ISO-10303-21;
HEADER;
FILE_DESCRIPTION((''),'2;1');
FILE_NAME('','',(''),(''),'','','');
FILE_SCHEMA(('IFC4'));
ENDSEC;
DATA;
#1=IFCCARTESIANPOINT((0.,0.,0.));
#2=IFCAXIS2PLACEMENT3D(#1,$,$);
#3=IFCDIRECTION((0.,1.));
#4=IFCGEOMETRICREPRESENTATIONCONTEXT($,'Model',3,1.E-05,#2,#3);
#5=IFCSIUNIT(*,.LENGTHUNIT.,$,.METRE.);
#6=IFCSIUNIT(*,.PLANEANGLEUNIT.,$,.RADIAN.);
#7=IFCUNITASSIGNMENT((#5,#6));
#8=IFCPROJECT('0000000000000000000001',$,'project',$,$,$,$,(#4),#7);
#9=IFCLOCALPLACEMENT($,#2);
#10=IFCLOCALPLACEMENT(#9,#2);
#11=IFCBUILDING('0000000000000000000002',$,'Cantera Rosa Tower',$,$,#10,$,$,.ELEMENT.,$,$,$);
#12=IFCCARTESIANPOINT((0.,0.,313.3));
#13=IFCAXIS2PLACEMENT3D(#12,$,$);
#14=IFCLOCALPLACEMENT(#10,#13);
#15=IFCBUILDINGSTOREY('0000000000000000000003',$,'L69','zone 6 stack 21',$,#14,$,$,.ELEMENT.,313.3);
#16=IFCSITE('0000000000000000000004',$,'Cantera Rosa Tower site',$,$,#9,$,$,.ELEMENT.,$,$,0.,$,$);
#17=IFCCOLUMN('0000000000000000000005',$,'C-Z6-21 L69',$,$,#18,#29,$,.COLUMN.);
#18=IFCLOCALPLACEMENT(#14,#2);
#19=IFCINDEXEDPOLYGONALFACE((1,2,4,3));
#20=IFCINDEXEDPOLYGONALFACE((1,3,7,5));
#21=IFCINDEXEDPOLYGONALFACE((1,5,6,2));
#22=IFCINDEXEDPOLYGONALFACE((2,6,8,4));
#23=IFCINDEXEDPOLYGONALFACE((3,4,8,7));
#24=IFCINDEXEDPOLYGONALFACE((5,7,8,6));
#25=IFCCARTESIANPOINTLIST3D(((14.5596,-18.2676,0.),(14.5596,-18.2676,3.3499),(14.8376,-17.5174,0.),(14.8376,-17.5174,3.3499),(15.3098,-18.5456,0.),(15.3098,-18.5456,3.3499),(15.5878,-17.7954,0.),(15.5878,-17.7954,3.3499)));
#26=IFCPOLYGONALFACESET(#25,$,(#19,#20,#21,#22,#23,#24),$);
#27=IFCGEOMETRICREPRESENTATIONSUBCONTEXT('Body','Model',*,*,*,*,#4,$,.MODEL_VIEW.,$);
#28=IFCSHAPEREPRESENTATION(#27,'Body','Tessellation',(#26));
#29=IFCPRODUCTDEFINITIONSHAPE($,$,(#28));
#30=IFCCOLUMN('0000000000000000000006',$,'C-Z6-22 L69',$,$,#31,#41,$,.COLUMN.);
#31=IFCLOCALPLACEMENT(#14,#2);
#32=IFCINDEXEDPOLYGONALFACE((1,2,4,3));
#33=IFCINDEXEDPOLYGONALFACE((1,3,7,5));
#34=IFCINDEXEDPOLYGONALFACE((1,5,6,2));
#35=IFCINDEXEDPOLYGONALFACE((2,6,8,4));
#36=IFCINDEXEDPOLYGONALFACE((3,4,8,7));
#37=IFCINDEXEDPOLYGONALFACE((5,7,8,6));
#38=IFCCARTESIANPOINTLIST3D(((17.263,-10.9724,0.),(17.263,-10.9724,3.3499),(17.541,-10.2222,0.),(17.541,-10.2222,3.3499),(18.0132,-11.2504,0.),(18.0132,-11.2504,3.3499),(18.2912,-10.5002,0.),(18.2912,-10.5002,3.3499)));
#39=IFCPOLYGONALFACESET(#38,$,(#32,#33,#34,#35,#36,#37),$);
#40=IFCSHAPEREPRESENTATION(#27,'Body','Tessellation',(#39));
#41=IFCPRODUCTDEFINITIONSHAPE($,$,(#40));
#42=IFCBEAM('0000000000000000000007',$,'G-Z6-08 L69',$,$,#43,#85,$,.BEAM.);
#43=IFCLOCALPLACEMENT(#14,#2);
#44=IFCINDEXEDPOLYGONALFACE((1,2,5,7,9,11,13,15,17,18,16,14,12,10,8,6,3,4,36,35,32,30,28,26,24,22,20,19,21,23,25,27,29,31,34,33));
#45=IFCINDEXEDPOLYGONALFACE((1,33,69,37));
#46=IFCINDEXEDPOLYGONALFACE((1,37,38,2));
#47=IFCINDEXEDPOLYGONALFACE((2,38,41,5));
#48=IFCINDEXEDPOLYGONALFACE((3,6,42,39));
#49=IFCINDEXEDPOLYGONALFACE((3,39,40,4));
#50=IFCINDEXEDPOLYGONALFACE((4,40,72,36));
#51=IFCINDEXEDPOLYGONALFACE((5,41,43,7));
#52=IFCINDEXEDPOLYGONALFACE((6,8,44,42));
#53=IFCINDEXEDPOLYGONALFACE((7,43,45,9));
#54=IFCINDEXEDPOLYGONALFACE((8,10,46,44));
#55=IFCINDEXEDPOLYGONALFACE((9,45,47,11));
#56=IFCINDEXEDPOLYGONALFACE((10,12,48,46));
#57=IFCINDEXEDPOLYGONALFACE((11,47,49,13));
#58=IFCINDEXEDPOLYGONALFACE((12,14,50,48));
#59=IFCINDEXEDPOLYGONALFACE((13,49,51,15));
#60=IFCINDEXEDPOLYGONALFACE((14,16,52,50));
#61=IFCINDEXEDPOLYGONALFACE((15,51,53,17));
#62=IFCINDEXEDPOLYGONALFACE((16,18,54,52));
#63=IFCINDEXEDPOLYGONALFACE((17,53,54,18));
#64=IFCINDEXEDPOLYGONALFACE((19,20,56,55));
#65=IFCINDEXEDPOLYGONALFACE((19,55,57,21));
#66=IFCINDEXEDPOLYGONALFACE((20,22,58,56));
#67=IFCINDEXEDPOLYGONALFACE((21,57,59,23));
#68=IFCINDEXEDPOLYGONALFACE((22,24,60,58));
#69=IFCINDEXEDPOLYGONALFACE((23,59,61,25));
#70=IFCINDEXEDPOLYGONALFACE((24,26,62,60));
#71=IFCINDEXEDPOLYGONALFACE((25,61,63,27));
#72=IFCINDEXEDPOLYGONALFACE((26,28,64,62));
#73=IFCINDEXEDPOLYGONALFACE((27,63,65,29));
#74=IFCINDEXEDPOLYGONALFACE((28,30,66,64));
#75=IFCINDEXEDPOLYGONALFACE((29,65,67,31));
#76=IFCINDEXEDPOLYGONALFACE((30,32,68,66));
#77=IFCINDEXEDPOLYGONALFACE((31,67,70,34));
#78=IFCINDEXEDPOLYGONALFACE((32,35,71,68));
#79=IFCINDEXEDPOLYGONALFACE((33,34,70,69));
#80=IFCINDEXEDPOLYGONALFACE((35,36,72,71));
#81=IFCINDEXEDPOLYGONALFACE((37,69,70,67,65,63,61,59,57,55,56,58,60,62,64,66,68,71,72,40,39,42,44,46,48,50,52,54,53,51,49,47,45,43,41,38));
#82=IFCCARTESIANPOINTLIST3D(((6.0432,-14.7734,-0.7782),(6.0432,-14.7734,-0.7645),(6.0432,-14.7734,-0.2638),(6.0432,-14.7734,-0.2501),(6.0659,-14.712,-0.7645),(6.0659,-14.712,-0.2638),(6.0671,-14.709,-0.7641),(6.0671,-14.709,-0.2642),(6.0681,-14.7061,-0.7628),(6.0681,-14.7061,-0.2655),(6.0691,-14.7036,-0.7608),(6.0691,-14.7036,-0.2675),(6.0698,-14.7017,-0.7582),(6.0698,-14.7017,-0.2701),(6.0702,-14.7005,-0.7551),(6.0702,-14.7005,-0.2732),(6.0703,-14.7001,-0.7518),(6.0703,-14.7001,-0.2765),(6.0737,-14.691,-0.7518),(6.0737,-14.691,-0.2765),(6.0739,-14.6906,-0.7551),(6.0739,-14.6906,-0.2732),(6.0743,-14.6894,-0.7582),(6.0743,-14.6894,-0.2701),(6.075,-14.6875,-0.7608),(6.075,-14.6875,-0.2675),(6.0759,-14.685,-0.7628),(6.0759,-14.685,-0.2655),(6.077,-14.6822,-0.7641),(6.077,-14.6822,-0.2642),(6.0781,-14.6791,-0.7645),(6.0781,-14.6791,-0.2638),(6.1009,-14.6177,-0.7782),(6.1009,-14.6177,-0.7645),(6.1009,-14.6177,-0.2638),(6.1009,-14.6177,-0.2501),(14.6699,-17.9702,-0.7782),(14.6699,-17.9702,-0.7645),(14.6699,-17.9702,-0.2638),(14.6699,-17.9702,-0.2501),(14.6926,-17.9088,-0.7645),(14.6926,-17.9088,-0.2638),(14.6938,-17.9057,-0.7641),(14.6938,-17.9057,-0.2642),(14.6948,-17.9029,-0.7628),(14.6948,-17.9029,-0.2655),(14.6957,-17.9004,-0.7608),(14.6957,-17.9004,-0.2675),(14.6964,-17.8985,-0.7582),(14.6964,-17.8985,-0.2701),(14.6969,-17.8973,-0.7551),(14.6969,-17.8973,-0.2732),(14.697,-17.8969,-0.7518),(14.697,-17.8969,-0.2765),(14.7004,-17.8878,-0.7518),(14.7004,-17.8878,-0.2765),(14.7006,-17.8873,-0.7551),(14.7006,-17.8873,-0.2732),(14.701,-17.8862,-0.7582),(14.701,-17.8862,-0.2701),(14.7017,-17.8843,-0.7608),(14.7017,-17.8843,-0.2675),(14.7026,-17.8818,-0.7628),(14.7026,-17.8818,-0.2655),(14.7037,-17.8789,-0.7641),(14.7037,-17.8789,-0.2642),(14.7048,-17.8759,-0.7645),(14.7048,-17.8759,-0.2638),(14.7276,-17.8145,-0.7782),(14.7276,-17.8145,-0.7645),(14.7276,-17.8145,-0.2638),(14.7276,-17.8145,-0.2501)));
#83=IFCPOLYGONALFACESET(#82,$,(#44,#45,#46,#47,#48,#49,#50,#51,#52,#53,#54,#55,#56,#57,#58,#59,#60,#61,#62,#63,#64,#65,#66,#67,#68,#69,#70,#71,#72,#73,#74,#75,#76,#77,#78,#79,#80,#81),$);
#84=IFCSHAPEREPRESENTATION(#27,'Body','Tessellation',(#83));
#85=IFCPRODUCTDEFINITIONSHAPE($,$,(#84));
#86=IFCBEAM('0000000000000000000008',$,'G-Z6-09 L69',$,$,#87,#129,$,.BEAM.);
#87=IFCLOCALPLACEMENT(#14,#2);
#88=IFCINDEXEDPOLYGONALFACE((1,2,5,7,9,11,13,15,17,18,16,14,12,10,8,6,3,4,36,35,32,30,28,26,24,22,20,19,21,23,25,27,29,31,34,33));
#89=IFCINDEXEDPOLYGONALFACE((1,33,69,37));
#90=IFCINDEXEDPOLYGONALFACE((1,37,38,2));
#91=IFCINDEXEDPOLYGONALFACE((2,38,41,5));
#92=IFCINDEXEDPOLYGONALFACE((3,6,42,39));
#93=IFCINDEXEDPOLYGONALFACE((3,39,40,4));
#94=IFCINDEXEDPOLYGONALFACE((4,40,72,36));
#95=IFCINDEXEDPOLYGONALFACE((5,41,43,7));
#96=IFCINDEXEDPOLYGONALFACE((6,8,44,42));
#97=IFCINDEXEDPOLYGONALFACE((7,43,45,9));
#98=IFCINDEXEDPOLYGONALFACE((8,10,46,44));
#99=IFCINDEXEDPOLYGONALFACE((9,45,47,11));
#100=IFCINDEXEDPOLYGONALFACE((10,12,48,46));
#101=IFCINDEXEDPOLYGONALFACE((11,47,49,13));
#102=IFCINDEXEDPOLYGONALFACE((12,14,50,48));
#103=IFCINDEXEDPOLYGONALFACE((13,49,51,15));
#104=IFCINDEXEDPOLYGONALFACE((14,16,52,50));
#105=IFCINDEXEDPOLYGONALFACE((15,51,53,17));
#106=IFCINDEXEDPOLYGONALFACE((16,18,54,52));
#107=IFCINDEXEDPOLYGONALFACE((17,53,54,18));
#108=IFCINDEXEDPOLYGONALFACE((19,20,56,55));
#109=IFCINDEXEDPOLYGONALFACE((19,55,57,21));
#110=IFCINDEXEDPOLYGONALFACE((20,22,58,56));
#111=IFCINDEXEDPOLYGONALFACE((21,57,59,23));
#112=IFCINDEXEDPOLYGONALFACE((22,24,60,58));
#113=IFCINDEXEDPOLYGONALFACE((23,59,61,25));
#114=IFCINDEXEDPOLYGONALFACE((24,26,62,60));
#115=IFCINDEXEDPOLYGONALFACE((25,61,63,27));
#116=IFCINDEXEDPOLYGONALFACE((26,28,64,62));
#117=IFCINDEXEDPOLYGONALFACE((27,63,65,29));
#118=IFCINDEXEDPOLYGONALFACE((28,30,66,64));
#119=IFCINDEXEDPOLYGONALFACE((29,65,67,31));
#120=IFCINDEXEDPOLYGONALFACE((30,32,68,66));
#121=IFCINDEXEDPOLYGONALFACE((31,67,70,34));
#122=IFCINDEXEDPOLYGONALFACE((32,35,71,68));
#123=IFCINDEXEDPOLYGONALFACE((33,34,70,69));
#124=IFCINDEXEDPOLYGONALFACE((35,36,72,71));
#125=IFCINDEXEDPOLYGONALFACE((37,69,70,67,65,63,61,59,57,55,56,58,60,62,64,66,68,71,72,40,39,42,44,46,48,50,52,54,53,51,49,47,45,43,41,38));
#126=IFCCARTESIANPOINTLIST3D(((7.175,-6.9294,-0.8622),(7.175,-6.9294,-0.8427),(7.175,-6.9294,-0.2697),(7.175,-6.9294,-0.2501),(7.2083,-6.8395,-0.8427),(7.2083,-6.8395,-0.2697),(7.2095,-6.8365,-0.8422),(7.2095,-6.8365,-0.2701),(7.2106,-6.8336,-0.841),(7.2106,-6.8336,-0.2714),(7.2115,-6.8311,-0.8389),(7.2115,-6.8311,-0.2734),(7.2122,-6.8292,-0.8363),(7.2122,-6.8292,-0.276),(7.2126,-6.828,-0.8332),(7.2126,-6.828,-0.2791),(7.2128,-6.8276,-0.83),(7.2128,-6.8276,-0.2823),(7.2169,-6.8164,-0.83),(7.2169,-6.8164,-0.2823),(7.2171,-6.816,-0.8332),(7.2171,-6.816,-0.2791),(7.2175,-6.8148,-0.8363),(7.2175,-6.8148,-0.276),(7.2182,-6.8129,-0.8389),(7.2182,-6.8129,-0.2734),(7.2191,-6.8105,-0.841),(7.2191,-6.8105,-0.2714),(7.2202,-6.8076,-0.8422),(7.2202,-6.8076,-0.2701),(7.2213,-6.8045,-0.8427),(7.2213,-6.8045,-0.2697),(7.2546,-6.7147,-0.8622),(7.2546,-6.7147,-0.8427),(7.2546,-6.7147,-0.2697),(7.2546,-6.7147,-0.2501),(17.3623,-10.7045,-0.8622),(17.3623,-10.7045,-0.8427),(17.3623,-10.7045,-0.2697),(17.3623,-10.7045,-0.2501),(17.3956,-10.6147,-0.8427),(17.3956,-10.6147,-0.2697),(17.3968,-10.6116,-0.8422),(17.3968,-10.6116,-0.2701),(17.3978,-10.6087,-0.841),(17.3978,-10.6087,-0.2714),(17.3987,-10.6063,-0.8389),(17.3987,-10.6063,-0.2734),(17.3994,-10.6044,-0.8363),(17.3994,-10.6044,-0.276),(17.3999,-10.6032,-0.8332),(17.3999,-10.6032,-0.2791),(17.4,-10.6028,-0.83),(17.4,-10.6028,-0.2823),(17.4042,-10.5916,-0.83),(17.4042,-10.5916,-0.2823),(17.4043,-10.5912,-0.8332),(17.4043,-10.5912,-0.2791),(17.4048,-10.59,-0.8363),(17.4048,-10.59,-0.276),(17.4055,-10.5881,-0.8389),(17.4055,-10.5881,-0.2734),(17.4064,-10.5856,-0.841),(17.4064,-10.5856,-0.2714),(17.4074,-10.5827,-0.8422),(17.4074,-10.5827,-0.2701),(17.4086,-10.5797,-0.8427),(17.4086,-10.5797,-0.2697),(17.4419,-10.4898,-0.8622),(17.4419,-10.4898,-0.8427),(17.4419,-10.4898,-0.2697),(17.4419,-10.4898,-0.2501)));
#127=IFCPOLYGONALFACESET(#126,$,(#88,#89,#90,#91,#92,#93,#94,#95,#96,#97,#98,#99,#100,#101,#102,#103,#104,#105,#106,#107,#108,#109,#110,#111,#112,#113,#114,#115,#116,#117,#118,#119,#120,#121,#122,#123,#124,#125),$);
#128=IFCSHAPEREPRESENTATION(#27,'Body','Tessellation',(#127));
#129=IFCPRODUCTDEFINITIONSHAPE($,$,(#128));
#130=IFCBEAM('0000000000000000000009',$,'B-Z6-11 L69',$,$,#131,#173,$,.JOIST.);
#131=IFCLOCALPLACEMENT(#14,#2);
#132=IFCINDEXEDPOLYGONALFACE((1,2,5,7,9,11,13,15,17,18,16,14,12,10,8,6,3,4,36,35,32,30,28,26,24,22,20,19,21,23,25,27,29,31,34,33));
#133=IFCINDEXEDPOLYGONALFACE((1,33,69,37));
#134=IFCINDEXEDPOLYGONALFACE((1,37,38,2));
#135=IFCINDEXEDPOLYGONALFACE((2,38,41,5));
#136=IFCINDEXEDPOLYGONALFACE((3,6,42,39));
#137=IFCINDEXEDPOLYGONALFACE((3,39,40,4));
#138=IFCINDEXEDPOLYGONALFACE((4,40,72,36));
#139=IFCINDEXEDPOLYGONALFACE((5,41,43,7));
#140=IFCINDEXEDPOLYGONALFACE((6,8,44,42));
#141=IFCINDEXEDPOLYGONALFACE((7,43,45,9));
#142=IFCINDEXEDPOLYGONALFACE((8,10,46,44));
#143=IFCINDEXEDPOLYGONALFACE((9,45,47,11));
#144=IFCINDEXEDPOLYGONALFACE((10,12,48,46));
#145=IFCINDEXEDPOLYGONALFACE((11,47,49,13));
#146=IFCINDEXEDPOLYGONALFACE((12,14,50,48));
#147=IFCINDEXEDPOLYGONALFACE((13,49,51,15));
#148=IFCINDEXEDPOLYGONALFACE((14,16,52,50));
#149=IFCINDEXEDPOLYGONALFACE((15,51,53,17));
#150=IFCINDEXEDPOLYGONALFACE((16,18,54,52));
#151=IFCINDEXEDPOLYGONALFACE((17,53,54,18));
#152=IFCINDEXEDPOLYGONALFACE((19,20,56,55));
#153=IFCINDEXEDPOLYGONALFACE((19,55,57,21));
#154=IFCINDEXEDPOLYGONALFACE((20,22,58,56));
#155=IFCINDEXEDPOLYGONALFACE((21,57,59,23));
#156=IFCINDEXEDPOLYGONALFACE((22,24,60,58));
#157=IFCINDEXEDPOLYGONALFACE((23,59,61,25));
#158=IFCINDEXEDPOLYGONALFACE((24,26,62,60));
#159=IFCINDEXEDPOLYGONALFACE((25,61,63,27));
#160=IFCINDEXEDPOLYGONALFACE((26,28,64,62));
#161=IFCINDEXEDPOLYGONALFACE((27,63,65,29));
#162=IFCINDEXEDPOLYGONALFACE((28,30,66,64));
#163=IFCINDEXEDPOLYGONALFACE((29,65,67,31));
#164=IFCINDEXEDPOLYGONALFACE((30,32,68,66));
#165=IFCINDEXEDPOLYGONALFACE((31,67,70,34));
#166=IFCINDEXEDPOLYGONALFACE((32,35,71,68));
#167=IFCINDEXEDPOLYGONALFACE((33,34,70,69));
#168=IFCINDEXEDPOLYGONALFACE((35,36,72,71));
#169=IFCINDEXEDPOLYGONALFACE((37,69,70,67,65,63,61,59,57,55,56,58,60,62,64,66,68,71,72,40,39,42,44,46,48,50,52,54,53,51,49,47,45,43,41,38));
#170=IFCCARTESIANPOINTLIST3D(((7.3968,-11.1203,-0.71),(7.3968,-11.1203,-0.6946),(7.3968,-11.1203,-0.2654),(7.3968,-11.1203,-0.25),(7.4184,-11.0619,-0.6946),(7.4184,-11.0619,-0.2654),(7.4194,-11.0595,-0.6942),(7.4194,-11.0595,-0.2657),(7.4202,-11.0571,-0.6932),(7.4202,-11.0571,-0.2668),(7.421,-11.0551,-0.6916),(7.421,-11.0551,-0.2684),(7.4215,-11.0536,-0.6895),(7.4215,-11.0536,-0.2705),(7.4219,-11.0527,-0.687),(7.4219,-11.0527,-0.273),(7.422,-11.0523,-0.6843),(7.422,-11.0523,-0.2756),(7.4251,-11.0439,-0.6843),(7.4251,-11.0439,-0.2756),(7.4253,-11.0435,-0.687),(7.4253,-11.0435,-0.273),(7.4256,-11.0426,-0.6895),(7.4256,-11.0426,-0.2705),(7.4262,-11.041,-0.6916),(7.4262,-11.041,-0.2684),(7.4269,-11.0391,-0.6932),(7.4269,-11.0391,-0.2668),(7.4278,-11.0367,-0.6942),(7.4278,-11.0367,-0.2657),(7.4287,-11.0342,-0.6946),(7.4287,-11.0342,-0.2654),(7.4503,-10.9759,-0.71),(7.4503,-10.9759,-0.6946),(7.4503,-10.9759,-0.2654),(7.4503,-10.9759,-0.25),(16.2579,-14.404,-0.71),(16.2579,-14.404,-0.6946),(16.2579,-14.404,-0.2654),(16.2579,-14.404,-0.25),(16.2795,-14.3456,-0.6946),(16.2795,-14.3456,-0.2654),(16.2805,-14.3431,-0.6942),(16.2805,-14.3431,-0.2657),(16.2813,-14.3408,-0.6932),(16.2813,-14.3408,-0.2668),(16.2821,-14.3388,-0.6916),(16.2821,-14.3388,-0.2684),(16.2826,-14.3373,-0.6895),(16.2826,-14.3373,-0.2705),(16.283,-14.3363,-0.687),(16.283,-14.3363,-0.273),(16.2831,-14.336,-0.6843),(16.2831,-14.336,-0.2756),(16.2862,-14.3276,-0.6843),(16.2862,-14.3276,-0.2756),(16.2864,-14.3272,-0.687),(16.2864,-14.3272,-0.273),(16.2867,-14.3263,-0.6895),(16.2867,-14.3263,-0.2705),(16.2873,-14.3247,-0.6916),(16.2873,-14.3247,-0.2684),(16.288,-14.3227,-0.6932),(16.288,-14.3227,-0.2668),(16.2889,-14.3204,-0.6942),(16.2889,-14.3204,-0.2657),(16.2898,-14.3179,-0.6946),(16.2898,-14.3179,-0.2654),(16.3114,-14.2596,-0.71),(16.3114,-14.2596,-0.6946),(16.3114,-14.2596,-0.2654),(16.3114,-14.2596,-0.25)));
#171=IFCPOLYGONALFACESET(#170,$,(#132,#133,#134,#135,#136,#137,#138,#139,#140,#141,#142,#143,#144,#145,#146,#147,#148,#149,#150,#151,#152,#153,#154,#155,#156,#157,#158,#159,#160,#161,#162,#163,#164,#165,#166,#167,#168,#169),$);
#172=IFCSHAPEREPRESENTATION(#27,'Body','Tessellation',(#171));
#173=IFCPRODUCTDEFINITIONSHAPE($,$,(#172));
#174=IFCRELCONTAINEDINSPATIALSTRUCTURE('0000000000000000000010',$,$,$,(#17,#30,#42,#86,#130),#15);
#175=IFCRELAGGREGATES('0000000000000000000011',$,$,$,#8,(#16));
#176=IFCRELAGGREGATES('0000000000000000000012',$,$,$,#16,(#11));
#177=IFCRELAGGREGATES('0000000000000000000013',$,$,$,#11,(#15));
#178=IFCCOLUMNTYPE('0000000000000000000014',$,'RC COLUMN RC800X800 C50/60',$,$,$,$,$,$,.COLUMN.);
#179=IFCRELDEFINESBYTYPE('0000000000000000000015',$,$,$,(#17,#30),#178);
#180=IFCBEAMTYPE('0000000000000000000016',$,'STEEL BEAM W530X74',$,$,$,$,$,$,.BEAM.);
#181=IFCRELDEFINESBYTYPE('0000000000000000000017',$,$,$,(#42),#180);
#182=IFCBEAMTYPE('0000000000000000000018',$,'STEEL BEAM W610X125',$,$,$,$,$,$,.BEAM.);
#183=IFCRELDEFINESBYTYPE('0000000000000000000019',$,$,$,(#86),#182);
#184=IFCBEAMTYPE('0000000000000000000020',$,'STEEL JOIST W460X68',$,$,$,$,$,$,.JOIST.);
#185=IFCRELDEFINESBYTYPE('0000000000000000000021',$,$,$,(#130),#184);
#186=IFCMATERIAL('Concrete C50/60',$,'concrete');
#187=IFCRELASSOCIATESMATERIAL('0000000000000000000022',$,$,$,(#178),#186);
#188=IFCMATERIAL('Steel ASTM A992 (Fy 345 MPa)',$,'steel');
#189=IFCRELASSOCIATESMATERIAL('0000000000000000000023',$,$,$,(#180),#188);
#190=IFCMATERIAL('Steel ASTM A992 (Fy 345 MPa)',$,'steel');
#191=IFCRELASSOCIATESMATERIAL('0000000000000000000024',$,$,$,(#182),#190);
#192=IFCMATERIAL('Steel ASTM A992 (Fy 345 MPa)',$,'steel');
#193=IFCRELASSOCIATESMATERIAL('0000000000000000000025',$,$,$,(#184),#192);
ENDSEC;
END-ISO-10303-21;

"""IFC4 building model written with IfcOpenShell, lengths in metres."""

from ifc_helpers import new_model, si_unit, direction, frame, origin, origin_2d, place, context, subcontext, project, spatial, rectangle, i_section, extrude, material, material_profile, profile_set, type_object, element, save


model = new_model("IFC4")

# Units and contexts
model_context = context("Model", 3, precision=1e-05, world=origin(), true_north=direction((0.0, 1.0)))
body_context = subcontext(model_context, "Body", "Model", "MODEL_VIEW")
ifc_project = project(units=[si_unit("LENGTHUNIT", "METRE"), si_unit("PLANEANGLEUNIT", "RADIAN")], contexts=[model_context])

# Site, building, storey
site_placement = place(None, origin())
site = spatial("IfcSite", under=ifc_project, at=site_placement, Name="Cantera Rosa Tower site", CompositionType="ELEMENT", RefElevation=0.0)
building_placement = place(site_placement, origin())
building = spatial("IfcBuilding", under=site, at=building_placement, Name="Cantera Rosa Tower", CompositionType="ELEMENT")
storey_placement = place(building_placement, frame((0.0, 0.0, 313.3)))
storey = spatial("IfcBuildingStorey", under=building, at=storey_placement, Name="L69", Description="zone 6 stack 21", CompositionType="ELEMENT", Elevation=313.3)

# Columns
ifc_material_1 = material(Name="Concrete C50/60", Category="concrete")
ifc_material_profile_1 = material_profile(ifc_material_1, rectangle(XDim=0.8, YDim=0.8, at=origin_2d()), Name="RC COLUMN RC800X800 C50/60")
ifc_profile_set_1 = profile_set([ifc_material_profile_1], Name="Concrete C50/60")
column_type = type_object("IfcColumnType", Name="RC COLUMN RC800X800 C50/60", PredefinedType="COLUMN", material=ifc_profile_set_1)
for number, where, z_axis, x_axis, name in (
    (1, (15.0737, -18.0315, 0.0), (0.0, 0.0, 1.0), (0.347481, 0.937687, 0.0), "C-Z6-21 L69"),
    (2, (17.7771, -10.7363, 0.0), (0.0, 0.0, 1.0), (0.347481, 0.937687, 0.0), "C-Z6-22 L69"),
):
    element("IfcColumn", number, at=place(storey_placement, frame(where, z_axis=z_axis, x_axis=x_axis)), inside=storey, type_object=column_type, Name=name, PredefinedType="COLUMN", context=body_context, shape_type="SweptSolid", body=[
        extrude(rectangle(XDim=0.8, YDim=0.8, at=origin_2d()), origin(), (0.0, 0.0, 1.0), 3.3499),
    ])

# Beams
ifc_material_2 = material(Name="Steel ASTM A992 (Fy 345 MPa)", Category="steel")
ifc_material_profile_2 = material_profile(ifc_material_2, i_section(OverallWidth=0.166, OverallDepth=0.5281, WebThickness=0.0098, FlangeThickness=0.0137, FilletRadius=0.0127, at=origin_2d()), Name="W530X74")
ifc_profile_set_2 = profile_set([ifc_material_profile_2], Name="Steel ASTM A992 (Fy 345 MPa)")
beam_type_1 = type_object("IfcBeamType", Name="STEEL BEAM W530X74", PredefinedType="BEAM", material=ifc_profile_set_2)
beam_1_placement = place(storey_placement, frame((14.6987, -17.8923, -0.5142), z_axis=(-0.937689, 0.347477, 0.0), x_axis=(-0.347477, -0.937689, 0.0)))
element("IfcBeam", 3, at=beam_1_placement, inside=storey, type_object=beam_type_1, Name="G-Z6-08 L69", PredefinedType="BEAM", context=body_context, shape_type="SweptSolid", body=[
    extrude(i_section(OverallWidth=0.166, OverallDepth=0.5281, WebThickness=0.0098, FlangeThickness=0.0137, FilletRadius=0.0127, at=origin_2d()), origin(), (0.0, 0.0, 1.0), 9.2),
])
ifc_material_3 = material(Name="Steel ASTM A992 (Fy 345 MPa)", Category="steel")
ifc_material_profile_3 = material_profile(ifc_material_3, i_section(OverallWidth=0.229, OverallDepth=0.6121, WebThickness=0.012, FlangeThickness=0.0195, FilletRadius=0.0127, at=origin_2d()), Name="W610X125")
ifc_profile_set_3 = profile_set([ifc_material_profile_3], Name="Steel ASTM A992 (Fy 345 MPa)")
beam_type_2 = type_object("IfcBeamType", Name="STEEL BEAM W610X125", PredefinedType="BEAM", material=ifc_profile_set_3)
beam_2_placement = place(storey_placement, frame((17.4021, -10.5972, -0.5562), z_axis=(-0.937686, 0.347483, 0.0), x_axis=(-0.347483, -0.937686, 0.0)))
element("IfcBeam", 4, at=beam_2_placement, inside=storey, type_object=beam_type_2, Name="G-Z6-09 L69", PredefinedType="BEAM", context=body_context, shape_type="SweptSolid", body=[
    extrude(i_section(OverallWidth=0.229, OverallDepth=0.6121, WebThickness=0.012, FlangeThickness=0.0195, FilletRadius=0.0127, at=origin_2d()), origin(), (0.0, 0.0, 1.0), 10.8643),
])
ifc_material_4 = material(Name="Steel ASTM A992 (Fy 345 MPa)", Category="steel")
ifc_material_profile_4 = material_profile(ifc_material_4, i_section(OverallWidth=0.1541, OverallDepth=0.46, WebThickness=0.009, FlangeThickness=0.0154, FilletRadius=0.0103, at=origin_2d()), Name="W460X68")
ifc_profile_set_4 = profile_set([ifc_material_profile_4], Name="Steel ASTM A992 (Fy 345 MPa)")
beam_type_3 = type_object("IfcBeamType", Name="STEEL JOIST W460X68", PredefinedType="JOIST", material=ifc_profile_set_4)
beam_3_placement = place(storey_placement, frame((16.2847, -14.3318, -0.48), z_axis=(-0.937686, 0.347483, 0.0), x_axis=(-0.347483, -0.937686, 0.0)))
element("IfcBeam", 5, at=beam_3_placement, inside=storey, type_object=beam_type_3, Name="B-Z6-11 L69", PredefinedType="JOIST", context=body_context, shape_type="SweptSolid", body=[
    extrude(i_section(OverallWidth=0.1541, OverallDepth=0.46, WebThickness=0.009, FlangeThickness=0.0154, FilletRadius=0.0103, at=origin_2d()), origin(), (0.0, 0.0, 1.0), 9.45),
])

save(model, "model.ifc")
